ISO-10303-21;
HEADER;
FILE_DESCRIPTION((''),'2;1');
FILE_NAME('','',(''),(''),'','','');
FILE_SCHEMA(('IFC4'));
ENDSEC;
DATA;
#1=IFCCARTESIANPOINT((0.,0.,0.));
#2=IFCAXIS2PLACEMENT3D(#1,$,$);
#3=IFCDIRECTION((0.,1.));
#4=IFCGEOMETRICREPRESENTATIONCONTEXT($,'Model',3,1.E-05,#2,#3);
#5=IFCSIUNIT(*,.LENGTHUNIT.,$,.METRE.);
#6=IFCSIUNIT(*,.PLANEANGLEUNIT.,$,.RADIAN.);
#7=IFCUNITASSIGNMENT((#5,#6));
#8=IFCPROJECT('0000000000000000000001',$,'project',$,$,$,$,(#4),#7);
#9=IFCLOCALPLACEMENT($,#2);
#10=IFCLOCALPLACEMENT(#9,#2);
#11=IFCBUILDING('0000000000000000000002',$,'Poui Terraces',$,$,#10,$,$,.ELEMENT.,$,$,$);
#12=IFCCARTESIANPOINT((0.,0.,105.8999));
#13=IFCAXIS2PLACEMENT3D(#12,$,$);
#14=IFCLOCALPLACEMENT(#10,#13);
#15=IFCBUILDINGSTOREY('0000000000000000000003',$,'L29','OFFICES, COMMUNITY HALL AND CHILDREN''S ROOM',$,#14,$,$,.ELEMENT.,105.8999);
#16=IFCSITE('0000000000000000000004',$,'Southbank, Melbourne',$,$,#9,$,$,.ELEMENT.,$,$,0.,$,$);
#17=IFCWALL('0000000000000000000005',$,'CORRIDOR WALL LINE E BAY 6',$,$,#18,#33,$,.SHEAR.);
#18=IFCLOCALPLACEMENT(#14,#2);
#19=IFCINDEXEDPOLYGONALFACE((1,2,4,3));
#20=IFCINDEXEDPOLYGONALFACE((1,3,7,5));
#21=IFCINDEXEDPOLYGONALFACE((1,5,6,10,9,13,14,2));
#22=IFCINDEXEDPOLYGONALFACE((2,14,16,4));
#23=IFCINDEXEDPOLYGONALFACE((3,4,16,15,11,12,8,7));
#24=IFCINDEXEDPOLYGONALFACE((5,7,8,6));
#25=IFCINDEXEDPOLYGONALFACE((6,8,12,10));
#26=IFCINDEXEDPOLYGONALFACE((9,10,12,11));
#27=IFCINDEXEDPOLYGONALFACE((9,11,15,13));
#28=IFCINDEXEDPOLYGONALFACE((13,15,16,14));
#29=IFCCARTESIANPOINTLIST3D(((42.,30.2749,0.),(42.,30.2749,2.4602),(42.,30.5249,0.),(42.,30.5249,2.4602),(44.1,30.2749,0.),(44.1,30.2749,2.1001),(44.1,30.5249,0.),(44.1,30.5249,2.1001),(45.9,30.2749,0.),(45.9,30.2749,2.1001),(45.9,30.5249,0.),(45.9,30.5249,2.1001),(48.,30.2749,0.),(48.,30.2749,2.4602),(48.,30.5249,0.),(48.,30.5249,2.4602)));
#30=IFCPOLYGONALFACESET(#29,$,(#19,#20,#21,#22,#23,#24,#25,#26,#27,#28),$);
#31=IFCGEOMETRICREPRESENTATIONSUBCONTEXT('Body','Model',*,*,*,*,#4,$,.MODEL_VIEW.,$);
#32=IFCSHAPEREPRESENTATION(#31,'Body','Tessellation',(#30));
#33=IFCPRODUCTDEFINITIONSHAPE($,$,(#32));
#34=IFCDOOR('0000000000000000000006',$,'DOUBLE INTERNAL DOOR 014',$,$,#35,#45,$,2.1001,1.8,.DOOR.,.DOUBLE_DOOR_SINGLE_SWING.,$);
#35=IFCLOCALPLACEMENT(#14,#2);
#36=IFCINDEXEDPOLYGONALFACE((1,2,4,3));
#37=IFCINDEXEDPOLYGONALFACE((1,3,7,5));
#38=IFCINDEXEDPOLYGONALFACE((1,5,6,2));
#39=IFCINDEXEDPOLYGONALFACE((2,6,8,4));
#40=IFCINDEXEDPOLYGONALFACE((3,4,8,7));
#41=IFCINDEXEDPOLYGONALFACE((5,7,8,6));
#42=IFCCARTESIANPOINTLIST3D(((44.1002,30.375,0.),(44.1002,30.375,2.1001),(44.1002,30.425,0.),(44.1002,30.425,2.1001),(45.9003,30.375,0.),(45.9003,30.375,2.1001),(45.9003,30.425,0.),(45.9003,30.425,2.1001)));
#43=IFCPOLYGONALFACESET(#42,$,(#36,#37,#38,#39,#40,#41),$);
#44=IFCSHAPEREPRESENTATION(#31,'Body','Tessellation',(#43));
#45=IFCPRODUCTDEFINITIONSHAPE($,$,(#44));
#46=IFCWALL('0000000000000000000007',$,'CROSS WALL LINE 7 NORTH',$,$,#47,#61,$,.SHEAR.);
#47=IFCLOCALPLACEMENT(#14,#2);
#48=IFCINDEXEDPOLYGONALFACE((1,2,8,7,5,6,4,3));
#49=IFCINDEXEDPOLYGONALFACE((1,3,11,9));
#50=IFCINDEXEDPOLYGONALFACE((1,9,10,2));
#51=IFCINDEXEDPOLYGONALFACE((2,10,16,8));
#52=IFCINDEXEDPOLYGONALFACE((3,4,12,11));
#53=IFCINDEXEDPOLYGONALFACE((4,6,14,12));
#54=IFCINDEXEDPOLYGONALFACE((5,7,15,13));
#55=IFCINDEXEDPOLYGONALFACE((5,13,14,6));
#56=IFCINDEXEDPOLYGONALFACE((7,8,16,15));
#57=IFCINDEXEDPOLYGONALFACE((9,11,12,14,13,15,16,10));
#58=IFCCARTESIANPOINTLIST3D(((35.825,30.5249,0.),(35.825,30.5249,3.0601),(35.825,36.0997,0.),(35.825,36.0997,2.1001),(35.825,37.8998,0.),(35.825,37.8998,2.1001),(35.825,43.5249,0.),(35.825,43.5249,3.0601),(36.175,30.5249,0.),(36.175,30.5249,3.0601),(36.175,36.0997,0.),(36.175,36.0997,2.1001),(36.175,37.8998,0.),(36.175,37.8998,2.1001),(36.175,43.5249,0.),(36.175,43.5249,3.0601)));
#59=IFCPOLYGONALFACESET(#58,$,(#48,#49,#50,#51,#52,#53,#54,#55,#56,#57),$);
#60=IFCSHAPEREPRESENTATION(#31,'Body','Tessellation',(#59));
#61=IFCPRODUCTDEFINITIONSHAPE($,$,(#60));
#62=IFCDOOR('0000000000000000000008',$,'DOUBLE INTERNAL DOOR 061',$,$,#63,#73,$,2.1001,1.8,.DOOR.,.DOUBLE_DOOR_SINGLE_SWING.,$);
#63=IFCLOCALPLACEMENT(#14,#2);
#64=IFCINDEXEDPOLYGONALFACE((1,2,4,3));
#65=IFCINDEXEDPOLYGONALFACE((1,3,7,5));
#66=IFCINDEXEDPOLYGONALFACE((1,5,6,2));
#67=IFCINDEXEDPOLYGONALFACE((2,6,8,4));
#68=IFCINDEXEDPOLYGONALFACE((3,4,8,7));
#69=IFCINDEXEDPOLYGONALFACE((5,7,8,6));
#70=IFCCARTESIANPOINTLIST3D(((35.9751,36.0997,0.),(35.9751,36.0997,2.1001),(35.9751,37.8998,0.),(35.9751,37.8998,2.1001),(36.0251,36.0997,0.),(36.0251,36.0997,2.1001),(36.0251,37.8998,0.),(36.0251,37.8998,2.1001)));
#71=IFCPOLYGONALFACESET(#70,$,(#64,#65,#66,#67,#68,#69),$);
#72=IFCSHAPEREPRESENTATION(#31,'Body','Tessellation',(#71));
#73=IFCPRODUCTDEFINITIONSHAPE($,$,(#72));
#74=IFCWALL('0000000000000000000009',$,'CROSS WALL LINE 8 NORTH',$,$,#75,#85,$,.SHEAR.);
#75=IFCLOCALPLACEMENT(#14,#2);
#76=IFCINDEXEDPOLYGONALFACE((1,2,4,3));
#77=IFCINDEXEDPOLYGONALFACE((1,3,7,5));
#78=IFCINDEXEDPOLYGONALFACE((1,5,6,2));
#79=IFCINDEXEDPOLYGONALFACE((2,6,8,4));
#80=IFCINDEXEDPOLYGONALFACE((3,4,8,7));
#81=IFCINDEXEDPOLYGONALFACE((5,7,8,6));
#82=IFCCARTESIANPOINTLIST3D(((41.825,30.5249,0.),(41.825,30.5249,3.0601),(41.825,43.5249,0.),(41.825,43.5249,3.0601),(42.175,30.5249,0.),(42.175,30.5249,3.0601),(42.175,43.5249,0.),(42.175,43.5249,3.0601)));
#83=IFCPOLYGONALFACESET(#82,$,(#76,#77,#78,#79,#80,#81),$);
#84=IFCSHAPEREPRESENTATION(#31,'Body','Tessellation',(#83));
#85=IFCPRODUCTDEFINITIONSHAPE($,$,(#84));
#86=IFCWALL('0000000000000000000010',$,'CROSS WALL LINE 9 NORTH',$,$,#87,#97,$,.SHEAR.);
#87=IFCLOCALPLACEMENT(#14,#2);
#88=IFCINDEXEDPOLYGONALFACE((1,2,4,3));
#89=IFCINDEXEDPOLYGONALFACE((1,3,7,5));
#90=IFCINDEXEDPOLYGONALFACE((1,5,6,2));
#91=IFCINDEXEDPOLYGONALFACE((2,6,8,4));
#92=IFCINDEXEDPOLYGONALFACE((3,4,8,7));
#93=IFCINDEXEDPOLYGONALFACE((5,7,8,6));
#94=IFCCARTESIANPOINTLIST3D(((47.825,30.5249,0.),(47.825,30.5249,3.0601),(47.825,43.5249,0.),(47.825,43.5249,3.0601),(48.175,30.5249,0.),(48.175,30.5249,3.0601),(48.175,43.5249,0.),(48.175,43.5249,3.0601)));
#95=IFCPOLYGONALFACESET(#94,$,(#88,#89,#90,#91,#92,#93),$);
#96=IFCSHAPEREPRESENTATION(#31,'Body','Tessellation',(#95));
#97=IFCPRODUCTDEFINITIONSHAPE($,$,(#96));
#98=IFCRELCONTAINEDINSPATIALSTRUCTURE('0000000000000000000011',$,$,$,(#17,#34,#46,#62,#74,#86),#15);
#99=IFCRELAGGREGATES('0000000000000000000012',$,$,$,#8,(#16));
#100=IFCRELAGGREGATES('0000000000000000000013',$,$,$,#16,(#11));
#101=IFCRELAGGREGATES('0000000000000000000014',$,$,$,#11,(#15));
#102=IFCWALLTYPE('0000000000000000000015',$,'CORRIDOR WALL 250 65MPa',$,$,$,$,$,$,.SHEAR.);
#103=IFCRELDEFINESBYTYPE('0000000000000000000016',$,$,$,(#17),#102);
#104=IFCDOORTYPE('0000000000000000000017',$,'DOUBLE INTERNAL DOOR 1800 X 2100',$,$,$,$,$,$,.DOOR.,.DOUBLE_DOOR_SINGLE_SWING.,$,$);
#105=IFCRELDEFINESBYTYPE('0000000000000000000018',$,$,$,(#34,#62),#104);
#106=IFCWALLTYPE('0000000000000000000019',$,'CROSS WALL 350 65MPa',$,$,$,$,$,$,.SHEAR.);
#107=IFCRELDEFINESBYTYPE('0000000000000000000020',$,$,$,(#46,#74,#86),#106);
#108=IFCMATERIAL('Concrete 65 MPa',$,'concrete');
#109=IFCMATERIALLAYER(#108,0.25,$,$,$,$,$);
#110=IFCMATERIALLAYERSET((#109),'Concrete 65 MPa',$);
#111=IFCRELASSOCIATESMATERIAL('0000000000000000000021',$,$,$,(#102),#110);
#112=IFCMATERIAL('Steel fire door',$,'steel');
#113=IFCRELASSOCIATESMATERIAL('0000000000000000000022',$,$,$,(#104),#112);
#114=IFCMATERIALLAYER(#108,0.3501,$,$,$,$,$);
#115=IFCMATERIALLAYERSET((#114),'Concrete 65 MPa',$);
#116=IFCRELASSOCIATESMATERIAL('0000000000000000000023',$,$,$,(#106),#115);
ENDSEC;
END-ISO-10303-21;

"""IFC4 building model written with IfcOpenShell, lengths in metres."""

from ifc_helpers import new_model, si_unit, direction, frame, frame_2d, origin, place, context, subcontext, project, spatial, rectangle, extrude, material, layer, layer_set, type_object, element, fill, save


model = new_model("IFC4")

# Units and contexts
model_context = context("Model", 3, precision=1e-05, world=origin(), true_north=direction((0.0, 1.0)))
body_context = subcontext(model_context, "Body", "Model", "MODEL_VIEW")
ifc_project = project(units=[si_unit("LENGTHUNIT", "METRE"), si_unit("PLANEANGLEUNIT", "RADIAN")], contexts=[model_context])

# Site, building, storey
site_placement = place(None, origin())
site = spatial("IfcSite", under=ifc_project, at=site_placement, Name="Southbank, Melbourne", CompositionType="ELEMENT", RefElevation=0.0)
building_placement = place(site_placement, origin())
building = spatial("IfcBuilding", under=site, at=building_placement, Name="Poui Terraces", CompositionType="ELEMENT")
storey_placement = place(building_placement, frame((0.0, 0.0, 105.8999)))
storey = spatial("IfcBuildingStorey", under=building, at=storey_placement, Name="L29", Description="OFFICES, COMMUNITY HALL AND CHILDREN'S ROOM", CompositionType="ELEMENT", Elevation=105.8999)

# Shared definitions
ifc_material_1 = material(Name="Concrete 65 MPa", Category="concrete")

# Walls, openings, doors
ifc_layer_1 = layer(ifc_material_1, 0.25)
ifc_layer_set_1 = layer_set([ifc_layer_1], Name="Concrete 65 MPa")
wall_type_1 = type_object("IfcWallType", Name="CORRIDOR WALL 250 65MPa", PredefinedType="SHEAR", material=ifc_layer_set_1)
wall_1_placement = place(storey_placement, frame((42.0, 30.3999, 0.0), z_axis=(0.0, 0.0, 1.0), x_axis=(1.0, 0.0, 0.0)))
wall_1 = element("IfcWall", 1, at=wall_1_placement, inside=storey, type_object=wall_type_1, Name="CORRIDOR WALL LINE E BAY 6", PredefinedType="SHEAR", context=body_context, shape_type="SweptSolid", body=[
    extrude(rectangle(XDim=6.0, YDim=0.25, at=frame_2d((3.0, 0.0))), origin(), (0.0, 0.0, 1.0), 2.4602),
])
opening_1_placement = place(wall_1_placement, frame((2.1001, 0.0, 0.0)))
opening_1 = element("IfcOpeningElement", 2, at=opening_1_placement, cuts=wall_1, PredefinedType="OPENING", context=body_context, shape_type="SweptSolid", body=[
    extrude(rectangle(XDim=1.8, YDim=2.1001, at=frame_2d((0.8999, 1.05))), frame((0.0, 0.135, 0.0), z_axis=(0.0, -1.0, 0.0), x_axis=(1.0, 0.0, 0.0)), (0.0, 0.0, 1.0), 0.27),
])
ifc_material_2 = material(Name="Steel fire door", Category="steel")
door_type = type_object("IfcDoorType", Name="DOUBLE INTERNAL DOOR 1800 X 2100", OperationType="DOUBLE_DOOR_SINGLE_SWING", PredefinedType="DOOR", material=ifc_material_2)
door_1_placement = place(opening_1_placement, frame((1.8, 0.0, 0.0), z_axis=(0.0, 0.0, 1.0), x_axis=(-1.0, 0.0, 0.0)))
door_1 = element("IfcDoor", 3, at=door_1_placement, inside=storey, type_object=door_type, Name="DOUBLE INTERNAL DOOR 014", OperationType="DOUBLE_DOOR_SINGLE_SWING", OverallHeight=2.1001, OverallWidth=1.8, PredefinedType="DOOR", context=body_context, shape_type="SweptSolid", body=[
    extrude(rectangle(XDim=1.8, YDim=2.1001, at=frame_2d((0.8999, 1.05))), frame((0.0, 0.0249, 0.0), z_axis=(0.0, -1.0, 0.0), x_axis=(1.0, 0.0, 0.0)), (0.0, 0.0, 1.0), 0.05),
])
fill(opening_1, door_1)
ifc_layer_2 = layer(ifc_material_1, 0.3501)
ifc_layer_set_2 = layer_set([ifc_layer_2], Name="Concrete 65 MPa")
wall_type_2 = type_object("IfcWallType", Name="CROSS WALL 350 65MPa", PredefinedType="SHEAR", material=ifc_layer_set_2)
wall_2_placement = place(storey_placement, frame((36.0, 30.5249, 0.0), z_axis=(0.0, 0.0, 1.0), x_axis=(0.0, 1.0, 0.0)))
wall_2 = element("IfcWall", 4, at=wall_2_placement, inside=storey, type_object=wall_type_2, Name="CROSS WALL LINE 7 NORTH", PredefinedType="SHEAR", context=body_context, shape_type="SweptSolid", body=[
    extrude(rectangle(XDim=13.0, YDim=0.3501, at=frame_2d((6.5, 0.0))), origin(), (0.0, 0.0, 1.0), 3.0601),
])
opening_2_placement = place(wall_2_placement, frame((5.575, 0.0, 0.0)))
opening_2 = element("IfcOpeningElement", 5, at=opening_2_placement, cuts=wall_2, PredefinedType="OPENING", context=body_context, shape_type="SweptSolid", body=[
    extrude(rectangle(XDim=1.8, YDim=2.1001, at=frame_2d((0.8999, 1.05))), frame((0.0, 0.1851, 0.0), z_axis=(0.0, -1.0, 0.0), x_axis=(1.0, 0.0, 0.0)), (0.0, 0.0, 1.0), 0.3701),
])
door_2_placement = place(opening_2_placement, origin())
door_2 = element("IfcDoor", 6, at=door_2_placement, inside=storey, type_object=door_type, Name="DOUBLE INTERNAL DOOR 061", OperationType="DOUBLE_DOOR_SINGLE_SWING", OverallHeight=2.1001, OverallWidth=1.8, PredefinedType="DOOR", context=body_context, shape_type="SweptSolid", body=[
    extrude(rectangle(XDim=1.8, YDim=2.1001, at=frame_2d((0.8999, 1.05))), frame((0.0, 0.0249, 0.0), z_axis=(0.0, -1.0, 0.0), x_axis=(1.0, 0.0, 0.0)), (0.0, 0.0, 1.0), 0.05),
])
fill(opening_2, door_2)

# Walls
for number, where, z_axis, x_axis, name in (
    (7, (42.0, 30.5249, 0.0), (0.0, 0.0, 1.0), (0.0, 1.0, 0.0), "CROSS WALL LINE 8 NORTH"),
    (8, (48.0, 30.5249, 0.0), (0.0, 0.0, 1.0), (0.0, 1.0, 0.0), "CROSS WALL LINE 9 NORTH"),
):
    element("IfcWall", number, at=place(storey_placement, frame(where, z_axis=z_axis, x_axis=x_axis)), inside=storey, type_object=wall_type_2, Name=name, PredefinedType="SHEAR", context=body_context, shape_type="SweptSolid", body=[
        extrude(rectangle(XDim=13.0, YDim=0.3501, at=frame_2d((6.5, 0.0))), origin(), (0.0, 0.0, 1.0), 3.0601),
    ])

save(model, "model.ifc")
